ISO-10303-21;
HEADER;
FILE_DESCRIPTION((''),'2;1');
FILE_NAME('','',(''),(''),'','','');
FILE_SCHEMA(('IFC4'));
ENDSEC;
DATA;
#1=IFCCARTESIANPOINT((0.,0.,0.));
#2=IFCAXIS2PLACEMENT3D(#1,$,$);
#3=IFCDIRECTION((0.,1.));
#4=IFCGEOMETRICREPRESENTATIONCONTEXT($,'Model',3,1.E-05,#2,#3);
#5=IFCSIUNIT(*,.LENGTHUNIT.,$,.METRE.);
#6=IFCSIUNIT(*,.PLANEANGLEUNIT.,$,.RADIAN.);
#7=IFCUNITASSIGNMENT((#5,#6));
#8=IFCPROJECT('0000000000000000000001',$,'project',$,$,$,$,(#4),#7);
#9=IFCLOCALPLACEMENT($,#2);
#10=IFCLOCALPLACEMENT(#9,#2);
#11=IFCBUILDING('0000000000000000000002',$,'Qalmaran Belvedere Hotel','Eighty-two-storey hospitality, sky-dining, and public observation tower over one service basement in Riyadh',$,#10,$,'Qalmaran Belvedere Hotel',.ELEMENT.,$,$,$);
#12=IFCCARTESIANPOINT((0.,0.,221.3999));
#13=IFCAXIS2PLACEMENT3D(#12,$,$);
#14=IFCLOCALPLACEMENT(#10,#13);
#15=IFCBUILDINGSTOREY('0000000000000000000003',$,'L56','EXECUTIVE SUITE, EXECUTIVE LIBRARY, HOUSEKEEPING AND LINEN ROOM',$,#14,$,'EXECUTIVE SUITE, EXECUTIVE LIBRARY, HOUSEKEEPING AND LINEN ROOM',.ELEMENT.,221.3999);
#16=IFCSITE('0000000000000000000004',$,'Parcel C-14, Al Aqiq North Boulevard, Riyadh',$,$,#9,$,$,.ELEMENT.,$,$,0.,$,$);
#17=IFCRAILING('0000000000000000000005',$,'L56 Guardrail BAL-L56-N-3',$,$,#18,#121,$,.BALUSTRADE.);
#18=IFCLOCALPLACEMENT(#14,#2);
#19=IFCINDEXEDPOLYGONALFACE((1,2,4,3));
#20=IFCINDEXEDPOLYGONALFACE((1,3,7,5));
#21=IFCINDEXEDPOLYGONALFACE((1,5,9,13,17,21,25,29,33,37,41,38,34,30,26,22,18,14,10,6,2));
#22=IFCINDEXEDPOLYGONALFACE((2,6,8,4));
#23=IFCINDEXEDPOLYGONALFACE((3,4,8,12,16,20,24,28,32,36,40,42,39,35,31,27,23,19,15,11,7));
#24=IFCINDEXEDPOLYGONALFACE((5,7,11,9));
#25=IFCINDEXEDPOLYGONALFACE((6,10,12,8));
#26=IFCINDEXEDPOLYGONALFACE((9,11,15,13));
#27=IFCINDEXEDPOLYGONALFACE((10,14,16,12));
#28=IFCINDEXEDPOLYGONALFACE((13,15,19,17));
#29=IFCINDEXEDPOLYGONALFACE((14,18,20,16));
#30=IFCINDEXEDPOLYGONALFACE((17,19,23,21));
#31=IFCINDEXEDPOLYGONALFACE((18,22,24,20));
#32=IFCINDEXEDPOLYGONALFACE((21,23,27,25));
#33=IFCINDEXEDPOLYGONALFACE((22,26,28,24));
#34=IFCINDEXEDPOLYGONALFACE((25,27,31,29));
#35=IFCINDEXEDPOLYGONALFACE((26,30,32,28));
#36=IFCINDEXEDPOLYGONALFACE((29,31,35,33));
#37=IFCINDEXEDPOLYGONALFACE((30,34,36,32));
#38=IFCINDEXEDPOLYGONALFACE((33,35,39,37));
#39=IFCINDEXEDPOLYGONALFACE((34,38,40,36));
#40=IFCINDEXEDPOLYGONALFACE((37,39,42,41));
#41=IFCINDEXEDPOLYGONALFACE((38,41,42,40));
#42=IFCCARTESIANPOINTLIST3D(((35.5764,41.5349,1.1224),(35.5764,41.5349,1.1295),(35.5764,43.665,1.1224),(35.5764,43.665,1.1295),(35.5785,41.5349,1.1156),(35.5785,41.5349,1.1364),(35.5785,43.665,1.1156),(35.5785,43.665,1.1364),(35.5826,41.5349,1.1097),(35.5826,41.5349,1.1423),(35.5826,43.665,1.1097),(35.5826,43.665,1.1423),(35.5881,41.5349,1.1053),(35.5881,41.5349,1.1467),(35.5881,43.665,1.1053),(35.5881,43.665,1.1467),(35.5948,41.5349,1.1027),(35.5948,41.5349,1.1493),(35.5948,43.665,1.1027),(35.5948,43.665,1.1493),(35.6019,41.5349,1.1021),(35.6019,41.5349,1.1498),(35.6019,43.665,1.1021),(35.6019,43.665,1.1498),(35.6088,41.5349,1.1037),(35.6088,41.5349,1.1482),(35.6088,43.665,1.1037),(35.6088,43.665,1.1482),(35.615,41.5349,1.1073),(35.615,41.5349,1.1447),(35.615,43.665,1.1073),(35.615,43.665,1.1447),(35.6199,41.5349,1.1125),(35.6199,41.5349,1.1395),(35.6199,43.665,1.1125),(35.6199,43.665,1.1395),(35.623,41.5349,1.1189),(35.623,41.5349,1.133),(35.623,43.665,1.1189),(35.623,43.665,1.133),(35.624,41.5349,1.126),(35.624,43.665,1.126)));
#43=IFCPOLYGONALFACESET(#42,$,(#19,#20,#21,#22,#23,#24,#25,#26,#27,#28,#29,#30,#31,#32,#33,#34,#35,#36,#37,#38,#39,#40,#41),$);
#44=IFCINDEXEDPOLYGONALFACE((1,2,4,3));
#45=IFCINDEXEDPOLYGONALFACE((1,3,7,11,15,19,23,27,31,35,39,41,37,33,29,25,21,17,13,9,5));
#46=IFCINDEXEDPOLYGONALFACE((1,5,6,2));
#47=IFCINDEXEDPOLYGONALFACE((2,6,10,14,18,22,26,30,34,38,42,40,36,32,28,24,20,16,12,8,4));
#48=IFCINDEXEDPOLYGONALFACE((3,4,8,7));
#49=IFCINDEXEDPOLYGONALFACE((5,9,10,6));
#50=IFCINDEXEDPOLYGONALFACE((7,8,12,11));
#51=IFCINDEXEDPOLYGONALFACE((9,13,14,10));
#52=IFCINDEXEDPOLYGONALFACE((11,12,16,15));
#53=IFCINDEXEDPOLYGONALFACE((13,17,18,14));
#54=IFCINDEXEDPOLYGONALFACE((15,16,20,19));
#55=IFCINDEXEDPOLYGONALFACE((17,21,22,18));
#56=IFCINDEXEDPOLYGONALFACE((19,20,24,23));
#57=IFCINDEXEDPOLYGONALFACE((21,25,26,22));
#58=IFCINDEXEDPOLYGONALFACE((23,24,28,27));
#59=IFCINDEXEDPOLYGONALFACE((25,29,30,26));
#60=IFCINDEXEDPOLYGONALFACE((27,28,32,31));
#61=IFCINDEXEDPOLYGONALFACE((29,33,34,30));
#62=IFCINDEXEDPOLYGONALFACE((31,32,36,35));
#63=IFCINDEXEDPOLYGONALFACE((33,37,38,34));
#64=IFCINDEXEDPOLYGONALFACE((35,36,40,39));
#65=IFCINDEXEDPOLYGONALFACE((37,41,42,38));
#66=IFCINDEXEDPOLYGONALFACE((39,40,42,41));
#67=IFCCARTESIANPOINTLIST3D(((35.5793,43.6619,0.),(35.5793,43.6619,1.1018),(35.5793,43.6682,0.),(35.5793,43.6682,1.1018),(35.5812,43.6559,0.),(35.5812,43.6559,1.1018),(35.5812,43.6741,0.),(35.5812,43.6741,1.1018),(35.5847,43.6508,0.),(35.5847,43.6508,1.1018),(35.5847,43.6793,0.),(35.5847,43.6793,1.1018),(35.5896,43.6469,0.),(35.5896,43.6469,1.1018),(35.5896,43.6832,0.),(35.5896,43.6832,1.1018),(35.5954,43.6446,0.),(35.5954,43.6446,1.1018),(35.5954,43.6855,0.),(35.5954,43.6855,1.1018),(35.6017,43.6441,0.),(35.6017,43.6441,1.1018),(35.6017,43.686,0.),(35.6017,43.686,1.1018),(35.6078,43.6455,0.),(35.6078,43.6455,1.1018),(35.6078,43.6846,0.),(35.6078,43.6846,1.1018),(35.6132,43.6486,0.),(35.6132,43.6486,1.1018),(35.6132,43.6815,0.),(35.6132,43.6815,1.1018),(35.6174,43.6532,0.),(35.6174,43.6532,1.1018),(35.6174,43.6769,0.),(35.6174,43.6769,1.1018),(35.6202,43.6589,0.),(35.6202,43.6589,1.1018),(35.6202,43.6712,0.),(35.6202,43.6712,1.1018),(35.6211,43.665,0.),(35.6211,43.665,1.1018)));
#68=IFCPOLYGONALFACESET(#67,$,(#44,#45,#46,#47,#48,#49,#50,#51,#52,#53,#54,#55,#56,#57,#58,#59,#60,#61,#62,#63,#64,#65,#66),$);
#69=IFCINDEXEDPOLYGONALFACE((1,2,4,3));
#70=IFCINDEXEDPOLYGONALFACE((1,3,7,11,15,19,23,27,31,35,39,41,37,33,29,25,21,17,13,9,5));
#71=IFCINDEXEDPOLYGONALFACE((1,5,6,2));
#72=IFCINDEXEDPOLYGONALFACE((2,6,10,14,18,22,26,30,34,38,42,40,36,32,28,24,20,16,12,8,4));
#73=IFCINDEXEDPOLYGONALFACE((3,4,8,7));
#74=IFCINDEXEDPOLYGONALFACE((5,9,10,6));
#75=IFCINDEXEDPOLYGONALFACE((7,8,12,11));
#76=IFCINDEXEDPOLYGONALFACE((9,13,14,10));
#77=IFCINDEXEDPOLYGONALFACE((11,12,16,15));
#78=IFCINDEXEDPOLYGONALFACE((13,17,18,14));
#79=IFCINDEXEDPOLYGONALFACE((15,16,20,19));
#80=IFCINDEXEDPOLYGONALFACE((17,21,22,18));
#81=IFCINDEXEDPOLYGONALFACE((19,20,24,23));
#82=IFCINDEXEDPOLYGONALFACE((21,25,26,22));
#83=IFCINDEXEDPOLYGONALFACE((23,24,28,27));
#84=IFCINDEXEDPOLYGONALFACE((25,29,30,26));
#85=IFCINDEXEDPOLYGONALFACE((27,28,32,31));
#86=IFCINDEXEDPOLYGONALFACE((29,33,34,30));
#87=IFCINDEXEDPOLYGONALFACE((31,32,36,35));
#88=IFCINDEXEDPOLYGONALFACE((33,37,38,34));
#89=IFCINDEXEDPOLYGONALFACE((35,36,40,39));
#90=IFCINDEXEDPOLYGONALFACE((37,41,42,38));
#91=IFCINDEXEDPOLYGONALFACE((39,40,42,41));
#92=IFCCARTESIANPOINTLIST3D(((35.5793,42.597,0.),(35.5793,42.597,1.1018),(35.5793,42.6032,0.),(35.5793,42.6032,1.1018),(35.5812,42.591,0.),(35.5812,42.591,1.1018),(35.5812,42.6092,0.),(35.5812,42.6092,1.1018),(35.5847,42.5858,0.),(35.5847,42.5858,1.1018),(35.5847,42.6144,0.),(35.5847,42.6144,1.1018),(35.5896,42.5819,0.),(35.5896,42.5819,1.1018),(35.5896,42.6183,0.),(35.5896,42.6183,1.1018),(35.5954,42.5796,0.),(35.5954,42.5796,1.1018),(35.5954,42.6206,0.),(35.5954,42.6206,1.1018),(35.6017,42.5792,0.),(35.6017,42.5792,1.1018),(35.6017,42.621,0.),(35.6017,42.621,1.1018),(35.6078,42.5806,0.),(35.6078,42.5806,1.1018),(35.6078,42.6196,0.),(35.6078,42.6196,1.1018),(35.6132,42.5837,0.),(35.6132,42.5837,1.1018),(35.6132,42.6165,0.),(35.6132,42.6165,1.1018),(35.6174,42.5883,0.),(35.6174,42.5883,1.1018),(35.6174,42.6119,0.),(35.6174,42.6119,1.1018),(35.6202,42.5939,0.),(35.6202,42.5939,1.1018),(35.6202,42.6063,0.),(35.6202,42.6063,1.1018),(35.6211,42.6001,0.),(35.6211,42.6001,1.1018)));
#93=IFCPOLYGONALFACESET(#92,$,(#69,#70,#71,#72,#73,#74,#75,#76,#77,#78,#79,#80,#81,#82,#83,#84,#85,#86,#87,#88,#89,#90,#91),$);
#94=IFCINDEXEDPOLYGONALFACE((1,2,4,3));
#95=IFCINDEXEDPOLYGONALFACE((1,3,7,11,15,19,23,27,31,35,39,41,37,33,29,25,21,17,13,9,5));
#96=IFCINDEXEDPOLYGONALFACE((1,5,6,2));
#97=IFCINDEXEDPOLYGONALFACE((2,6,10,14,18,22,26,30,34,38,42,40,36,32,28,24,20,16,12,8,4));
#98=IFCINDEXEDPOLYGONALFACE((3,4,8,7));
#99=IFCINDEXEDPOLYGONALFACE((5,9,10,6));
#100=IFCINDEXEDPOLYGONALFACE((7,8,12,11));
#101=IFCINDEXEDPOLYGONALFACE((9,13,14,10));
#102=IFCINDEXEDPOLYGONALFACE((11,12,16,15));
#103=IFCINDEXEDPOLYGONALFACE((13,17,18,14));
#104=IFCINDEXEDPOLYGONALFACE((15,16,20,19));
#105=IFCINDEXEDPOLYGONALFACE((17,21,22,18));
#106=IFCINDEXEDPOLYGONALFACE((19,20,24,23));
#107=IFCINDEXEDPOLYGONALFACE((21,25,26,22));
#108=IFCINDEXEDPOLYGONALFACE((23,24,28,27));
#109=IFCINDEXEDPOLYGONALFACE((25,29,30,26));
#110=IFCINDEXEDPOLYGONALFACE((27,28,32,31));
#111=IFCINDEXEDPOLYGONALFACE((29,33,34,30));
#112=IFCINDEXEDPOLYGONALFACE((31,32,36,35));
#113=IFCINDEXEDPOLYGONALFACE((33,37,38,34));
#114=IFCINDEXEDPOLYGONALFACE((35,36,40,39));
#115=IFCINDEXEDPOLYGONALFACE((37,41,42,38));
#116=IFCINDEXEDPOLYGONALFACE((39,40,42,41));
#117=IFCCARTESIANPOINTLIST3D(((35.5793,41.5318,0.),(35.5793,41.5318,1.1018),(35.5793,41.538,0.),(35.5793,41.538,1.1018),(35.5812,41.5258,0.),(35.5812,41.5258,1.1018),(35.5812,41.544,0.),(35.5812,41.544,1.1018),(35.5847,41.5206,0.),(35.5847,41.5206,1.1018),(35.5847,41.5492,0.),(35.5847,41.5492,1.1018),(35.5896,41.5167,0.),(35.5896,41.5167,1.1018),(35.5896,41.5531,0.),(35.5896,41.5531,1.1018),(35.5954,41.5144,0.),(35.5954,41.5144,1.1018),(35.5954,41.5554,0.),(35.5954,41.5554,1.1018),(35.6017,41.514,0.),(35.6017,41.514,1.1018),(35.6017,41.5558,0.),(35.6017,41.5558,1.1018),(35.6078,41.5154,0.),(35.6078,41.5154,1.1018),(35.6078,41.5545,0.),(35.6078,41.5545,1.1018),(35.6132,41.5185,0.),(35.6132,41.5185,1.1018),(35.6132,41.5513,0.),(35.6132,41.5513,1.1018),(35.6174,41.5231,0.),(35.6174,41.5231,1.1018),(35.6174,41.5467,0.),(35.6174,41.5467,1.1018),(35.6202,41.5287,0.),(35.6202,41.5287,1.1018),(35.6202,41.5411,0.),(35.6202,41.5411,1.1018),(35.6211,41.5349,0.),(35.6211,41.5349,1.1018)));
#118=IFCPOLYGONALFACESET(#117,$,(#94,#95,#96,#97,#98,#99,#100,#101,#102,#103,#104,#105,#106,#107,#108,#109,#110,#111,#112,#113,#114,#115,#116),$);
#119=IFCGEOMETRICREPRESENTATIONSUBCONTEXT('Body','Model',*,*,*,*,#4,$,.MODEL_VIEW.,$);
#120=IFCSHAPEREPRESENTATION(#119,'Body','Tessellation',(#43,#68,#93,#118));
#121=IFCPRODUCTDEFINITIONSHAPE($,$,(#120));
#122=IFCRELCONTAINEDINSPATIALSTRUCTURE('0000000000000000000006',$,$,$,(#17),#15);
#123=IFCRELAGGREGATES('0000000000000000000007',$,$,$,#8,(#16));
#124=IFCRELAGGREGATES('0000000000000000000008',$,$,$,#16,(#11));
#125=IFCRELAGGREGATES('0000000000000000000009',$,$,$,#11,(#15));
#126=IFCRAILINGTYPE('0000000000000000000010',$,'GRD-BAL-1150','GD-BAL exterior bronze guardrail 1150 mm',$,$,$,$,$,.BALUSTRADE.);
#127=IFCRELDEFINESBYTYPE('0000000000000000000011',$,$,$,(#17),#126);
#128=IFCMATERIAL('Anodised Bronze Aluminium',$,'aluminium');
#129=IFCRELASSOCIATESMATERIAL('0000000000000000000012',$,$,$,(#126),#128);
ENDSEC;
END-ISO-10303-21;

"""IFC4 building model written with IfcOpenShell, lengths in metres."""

from ifc_helpers import new_model, si_unit, direction, frame, origin, origin_2d, place, context, subcontext, project, spatial, circle, extrude, material, type_object, element, save


model = new_model("IFC4")

# Units and contexts
model_context = context("Model", 3, precision=1e-05, world=origin(), true_north=direction((0.0, 1.0)))
body_context = subcontext(model_context, "Body", "Model", "MODEL_VIEW")
ifc_project = project(units=[si_unit("LENGTHUNIT", "METRE"), si_unit("PLANEANGLEUNIT", "RADIAN")], contexts=[model_context])

# Site, building, storey
site_placement = place(None, origin())
site = spatial("IfcSite", under=ifc_project, at=site_placement, Name="Parcel C-14, Al Aqiq North Boulevard, Riyadh", CompositionType="ELEMENT", RefElevation=0.0)
building_placement = place(site_placement, origin())
building = spatial("IfcBuilding", under=site, at=building_placement, Name="Qalmaran Belvedere Hotel", Description="Eighty-two-storey hospitality, sky-dining, and public observation tower over one service basement in Riyadh", LongName="Qalmaran Belvedere Hotel", CompositionType="ELEMENT")
storey_placement = place(building_placement, frame((0.0, 0.0, 221.3999)))
storey = spatial("IfcBuildingStorey", under=building, at=storey_placement, Name="L56", Description="EXECUTIVE SUITE, EXECUTIVE LIBRARY, HOUSEKEEPING AND LINEN ROOM", LongName="EXECUTIVE SUITE, EXECUTIVE LIBRARY, HOUSEKEEPING AND LINEN ROOM", CompositionType="ELEMENT", Elevation=221.3999)

# Shared definitions
ifc_material_1 = material(Name="Anodised Bronze Aluminium", Category="aluminium")

# Railing
railing_type = type_object("IfcRailingType", Name="GRD-BAL-1150", Description="GD-BAL exterior bronze guardrail 1150 mm", PredefinedType="BALUSTRADE", material=ifc_material_1)
railing_1_placement = place(storey_placement, frame((35.6001, 43.665, 0.0)))
element("IfcRailing", 1, at=railing_1_placement, inside=storey, type_object=railing_type, Name="L56 Guardrail BAL-L56-N-3", PredefinedType="BALUSTRADE", context=body_context, shape_type="SweptSolid", body=[
    extrude(circle(Radius=0.0239, at=origin_2d()), frame((0.0, 0.0, 1.126), z_axis=(0.0, -1.0, 0.0), x_axis=(1.0, 0.0, 0.0)), (0.0, 0.0, 1.0), 2.1301),
    extrude(circle(Radius=0.021, at=origin_2d()), origin(), (0.0, 0.0, 1.0), 1.1018),
    extrude(circle(Radius=0.021, at=origin_2d()), frame((0.0, -1.0649, 0.0)), (0.0, 0.0, 1.0), 1.1018),
    extrude(circle(Radius=0.021, at=origin_2d()), frame((0.0, -2.1301, 0.0)), (0.0, 0.0, 1.0), 1.1018),
])

save(model, "model.ifc")
